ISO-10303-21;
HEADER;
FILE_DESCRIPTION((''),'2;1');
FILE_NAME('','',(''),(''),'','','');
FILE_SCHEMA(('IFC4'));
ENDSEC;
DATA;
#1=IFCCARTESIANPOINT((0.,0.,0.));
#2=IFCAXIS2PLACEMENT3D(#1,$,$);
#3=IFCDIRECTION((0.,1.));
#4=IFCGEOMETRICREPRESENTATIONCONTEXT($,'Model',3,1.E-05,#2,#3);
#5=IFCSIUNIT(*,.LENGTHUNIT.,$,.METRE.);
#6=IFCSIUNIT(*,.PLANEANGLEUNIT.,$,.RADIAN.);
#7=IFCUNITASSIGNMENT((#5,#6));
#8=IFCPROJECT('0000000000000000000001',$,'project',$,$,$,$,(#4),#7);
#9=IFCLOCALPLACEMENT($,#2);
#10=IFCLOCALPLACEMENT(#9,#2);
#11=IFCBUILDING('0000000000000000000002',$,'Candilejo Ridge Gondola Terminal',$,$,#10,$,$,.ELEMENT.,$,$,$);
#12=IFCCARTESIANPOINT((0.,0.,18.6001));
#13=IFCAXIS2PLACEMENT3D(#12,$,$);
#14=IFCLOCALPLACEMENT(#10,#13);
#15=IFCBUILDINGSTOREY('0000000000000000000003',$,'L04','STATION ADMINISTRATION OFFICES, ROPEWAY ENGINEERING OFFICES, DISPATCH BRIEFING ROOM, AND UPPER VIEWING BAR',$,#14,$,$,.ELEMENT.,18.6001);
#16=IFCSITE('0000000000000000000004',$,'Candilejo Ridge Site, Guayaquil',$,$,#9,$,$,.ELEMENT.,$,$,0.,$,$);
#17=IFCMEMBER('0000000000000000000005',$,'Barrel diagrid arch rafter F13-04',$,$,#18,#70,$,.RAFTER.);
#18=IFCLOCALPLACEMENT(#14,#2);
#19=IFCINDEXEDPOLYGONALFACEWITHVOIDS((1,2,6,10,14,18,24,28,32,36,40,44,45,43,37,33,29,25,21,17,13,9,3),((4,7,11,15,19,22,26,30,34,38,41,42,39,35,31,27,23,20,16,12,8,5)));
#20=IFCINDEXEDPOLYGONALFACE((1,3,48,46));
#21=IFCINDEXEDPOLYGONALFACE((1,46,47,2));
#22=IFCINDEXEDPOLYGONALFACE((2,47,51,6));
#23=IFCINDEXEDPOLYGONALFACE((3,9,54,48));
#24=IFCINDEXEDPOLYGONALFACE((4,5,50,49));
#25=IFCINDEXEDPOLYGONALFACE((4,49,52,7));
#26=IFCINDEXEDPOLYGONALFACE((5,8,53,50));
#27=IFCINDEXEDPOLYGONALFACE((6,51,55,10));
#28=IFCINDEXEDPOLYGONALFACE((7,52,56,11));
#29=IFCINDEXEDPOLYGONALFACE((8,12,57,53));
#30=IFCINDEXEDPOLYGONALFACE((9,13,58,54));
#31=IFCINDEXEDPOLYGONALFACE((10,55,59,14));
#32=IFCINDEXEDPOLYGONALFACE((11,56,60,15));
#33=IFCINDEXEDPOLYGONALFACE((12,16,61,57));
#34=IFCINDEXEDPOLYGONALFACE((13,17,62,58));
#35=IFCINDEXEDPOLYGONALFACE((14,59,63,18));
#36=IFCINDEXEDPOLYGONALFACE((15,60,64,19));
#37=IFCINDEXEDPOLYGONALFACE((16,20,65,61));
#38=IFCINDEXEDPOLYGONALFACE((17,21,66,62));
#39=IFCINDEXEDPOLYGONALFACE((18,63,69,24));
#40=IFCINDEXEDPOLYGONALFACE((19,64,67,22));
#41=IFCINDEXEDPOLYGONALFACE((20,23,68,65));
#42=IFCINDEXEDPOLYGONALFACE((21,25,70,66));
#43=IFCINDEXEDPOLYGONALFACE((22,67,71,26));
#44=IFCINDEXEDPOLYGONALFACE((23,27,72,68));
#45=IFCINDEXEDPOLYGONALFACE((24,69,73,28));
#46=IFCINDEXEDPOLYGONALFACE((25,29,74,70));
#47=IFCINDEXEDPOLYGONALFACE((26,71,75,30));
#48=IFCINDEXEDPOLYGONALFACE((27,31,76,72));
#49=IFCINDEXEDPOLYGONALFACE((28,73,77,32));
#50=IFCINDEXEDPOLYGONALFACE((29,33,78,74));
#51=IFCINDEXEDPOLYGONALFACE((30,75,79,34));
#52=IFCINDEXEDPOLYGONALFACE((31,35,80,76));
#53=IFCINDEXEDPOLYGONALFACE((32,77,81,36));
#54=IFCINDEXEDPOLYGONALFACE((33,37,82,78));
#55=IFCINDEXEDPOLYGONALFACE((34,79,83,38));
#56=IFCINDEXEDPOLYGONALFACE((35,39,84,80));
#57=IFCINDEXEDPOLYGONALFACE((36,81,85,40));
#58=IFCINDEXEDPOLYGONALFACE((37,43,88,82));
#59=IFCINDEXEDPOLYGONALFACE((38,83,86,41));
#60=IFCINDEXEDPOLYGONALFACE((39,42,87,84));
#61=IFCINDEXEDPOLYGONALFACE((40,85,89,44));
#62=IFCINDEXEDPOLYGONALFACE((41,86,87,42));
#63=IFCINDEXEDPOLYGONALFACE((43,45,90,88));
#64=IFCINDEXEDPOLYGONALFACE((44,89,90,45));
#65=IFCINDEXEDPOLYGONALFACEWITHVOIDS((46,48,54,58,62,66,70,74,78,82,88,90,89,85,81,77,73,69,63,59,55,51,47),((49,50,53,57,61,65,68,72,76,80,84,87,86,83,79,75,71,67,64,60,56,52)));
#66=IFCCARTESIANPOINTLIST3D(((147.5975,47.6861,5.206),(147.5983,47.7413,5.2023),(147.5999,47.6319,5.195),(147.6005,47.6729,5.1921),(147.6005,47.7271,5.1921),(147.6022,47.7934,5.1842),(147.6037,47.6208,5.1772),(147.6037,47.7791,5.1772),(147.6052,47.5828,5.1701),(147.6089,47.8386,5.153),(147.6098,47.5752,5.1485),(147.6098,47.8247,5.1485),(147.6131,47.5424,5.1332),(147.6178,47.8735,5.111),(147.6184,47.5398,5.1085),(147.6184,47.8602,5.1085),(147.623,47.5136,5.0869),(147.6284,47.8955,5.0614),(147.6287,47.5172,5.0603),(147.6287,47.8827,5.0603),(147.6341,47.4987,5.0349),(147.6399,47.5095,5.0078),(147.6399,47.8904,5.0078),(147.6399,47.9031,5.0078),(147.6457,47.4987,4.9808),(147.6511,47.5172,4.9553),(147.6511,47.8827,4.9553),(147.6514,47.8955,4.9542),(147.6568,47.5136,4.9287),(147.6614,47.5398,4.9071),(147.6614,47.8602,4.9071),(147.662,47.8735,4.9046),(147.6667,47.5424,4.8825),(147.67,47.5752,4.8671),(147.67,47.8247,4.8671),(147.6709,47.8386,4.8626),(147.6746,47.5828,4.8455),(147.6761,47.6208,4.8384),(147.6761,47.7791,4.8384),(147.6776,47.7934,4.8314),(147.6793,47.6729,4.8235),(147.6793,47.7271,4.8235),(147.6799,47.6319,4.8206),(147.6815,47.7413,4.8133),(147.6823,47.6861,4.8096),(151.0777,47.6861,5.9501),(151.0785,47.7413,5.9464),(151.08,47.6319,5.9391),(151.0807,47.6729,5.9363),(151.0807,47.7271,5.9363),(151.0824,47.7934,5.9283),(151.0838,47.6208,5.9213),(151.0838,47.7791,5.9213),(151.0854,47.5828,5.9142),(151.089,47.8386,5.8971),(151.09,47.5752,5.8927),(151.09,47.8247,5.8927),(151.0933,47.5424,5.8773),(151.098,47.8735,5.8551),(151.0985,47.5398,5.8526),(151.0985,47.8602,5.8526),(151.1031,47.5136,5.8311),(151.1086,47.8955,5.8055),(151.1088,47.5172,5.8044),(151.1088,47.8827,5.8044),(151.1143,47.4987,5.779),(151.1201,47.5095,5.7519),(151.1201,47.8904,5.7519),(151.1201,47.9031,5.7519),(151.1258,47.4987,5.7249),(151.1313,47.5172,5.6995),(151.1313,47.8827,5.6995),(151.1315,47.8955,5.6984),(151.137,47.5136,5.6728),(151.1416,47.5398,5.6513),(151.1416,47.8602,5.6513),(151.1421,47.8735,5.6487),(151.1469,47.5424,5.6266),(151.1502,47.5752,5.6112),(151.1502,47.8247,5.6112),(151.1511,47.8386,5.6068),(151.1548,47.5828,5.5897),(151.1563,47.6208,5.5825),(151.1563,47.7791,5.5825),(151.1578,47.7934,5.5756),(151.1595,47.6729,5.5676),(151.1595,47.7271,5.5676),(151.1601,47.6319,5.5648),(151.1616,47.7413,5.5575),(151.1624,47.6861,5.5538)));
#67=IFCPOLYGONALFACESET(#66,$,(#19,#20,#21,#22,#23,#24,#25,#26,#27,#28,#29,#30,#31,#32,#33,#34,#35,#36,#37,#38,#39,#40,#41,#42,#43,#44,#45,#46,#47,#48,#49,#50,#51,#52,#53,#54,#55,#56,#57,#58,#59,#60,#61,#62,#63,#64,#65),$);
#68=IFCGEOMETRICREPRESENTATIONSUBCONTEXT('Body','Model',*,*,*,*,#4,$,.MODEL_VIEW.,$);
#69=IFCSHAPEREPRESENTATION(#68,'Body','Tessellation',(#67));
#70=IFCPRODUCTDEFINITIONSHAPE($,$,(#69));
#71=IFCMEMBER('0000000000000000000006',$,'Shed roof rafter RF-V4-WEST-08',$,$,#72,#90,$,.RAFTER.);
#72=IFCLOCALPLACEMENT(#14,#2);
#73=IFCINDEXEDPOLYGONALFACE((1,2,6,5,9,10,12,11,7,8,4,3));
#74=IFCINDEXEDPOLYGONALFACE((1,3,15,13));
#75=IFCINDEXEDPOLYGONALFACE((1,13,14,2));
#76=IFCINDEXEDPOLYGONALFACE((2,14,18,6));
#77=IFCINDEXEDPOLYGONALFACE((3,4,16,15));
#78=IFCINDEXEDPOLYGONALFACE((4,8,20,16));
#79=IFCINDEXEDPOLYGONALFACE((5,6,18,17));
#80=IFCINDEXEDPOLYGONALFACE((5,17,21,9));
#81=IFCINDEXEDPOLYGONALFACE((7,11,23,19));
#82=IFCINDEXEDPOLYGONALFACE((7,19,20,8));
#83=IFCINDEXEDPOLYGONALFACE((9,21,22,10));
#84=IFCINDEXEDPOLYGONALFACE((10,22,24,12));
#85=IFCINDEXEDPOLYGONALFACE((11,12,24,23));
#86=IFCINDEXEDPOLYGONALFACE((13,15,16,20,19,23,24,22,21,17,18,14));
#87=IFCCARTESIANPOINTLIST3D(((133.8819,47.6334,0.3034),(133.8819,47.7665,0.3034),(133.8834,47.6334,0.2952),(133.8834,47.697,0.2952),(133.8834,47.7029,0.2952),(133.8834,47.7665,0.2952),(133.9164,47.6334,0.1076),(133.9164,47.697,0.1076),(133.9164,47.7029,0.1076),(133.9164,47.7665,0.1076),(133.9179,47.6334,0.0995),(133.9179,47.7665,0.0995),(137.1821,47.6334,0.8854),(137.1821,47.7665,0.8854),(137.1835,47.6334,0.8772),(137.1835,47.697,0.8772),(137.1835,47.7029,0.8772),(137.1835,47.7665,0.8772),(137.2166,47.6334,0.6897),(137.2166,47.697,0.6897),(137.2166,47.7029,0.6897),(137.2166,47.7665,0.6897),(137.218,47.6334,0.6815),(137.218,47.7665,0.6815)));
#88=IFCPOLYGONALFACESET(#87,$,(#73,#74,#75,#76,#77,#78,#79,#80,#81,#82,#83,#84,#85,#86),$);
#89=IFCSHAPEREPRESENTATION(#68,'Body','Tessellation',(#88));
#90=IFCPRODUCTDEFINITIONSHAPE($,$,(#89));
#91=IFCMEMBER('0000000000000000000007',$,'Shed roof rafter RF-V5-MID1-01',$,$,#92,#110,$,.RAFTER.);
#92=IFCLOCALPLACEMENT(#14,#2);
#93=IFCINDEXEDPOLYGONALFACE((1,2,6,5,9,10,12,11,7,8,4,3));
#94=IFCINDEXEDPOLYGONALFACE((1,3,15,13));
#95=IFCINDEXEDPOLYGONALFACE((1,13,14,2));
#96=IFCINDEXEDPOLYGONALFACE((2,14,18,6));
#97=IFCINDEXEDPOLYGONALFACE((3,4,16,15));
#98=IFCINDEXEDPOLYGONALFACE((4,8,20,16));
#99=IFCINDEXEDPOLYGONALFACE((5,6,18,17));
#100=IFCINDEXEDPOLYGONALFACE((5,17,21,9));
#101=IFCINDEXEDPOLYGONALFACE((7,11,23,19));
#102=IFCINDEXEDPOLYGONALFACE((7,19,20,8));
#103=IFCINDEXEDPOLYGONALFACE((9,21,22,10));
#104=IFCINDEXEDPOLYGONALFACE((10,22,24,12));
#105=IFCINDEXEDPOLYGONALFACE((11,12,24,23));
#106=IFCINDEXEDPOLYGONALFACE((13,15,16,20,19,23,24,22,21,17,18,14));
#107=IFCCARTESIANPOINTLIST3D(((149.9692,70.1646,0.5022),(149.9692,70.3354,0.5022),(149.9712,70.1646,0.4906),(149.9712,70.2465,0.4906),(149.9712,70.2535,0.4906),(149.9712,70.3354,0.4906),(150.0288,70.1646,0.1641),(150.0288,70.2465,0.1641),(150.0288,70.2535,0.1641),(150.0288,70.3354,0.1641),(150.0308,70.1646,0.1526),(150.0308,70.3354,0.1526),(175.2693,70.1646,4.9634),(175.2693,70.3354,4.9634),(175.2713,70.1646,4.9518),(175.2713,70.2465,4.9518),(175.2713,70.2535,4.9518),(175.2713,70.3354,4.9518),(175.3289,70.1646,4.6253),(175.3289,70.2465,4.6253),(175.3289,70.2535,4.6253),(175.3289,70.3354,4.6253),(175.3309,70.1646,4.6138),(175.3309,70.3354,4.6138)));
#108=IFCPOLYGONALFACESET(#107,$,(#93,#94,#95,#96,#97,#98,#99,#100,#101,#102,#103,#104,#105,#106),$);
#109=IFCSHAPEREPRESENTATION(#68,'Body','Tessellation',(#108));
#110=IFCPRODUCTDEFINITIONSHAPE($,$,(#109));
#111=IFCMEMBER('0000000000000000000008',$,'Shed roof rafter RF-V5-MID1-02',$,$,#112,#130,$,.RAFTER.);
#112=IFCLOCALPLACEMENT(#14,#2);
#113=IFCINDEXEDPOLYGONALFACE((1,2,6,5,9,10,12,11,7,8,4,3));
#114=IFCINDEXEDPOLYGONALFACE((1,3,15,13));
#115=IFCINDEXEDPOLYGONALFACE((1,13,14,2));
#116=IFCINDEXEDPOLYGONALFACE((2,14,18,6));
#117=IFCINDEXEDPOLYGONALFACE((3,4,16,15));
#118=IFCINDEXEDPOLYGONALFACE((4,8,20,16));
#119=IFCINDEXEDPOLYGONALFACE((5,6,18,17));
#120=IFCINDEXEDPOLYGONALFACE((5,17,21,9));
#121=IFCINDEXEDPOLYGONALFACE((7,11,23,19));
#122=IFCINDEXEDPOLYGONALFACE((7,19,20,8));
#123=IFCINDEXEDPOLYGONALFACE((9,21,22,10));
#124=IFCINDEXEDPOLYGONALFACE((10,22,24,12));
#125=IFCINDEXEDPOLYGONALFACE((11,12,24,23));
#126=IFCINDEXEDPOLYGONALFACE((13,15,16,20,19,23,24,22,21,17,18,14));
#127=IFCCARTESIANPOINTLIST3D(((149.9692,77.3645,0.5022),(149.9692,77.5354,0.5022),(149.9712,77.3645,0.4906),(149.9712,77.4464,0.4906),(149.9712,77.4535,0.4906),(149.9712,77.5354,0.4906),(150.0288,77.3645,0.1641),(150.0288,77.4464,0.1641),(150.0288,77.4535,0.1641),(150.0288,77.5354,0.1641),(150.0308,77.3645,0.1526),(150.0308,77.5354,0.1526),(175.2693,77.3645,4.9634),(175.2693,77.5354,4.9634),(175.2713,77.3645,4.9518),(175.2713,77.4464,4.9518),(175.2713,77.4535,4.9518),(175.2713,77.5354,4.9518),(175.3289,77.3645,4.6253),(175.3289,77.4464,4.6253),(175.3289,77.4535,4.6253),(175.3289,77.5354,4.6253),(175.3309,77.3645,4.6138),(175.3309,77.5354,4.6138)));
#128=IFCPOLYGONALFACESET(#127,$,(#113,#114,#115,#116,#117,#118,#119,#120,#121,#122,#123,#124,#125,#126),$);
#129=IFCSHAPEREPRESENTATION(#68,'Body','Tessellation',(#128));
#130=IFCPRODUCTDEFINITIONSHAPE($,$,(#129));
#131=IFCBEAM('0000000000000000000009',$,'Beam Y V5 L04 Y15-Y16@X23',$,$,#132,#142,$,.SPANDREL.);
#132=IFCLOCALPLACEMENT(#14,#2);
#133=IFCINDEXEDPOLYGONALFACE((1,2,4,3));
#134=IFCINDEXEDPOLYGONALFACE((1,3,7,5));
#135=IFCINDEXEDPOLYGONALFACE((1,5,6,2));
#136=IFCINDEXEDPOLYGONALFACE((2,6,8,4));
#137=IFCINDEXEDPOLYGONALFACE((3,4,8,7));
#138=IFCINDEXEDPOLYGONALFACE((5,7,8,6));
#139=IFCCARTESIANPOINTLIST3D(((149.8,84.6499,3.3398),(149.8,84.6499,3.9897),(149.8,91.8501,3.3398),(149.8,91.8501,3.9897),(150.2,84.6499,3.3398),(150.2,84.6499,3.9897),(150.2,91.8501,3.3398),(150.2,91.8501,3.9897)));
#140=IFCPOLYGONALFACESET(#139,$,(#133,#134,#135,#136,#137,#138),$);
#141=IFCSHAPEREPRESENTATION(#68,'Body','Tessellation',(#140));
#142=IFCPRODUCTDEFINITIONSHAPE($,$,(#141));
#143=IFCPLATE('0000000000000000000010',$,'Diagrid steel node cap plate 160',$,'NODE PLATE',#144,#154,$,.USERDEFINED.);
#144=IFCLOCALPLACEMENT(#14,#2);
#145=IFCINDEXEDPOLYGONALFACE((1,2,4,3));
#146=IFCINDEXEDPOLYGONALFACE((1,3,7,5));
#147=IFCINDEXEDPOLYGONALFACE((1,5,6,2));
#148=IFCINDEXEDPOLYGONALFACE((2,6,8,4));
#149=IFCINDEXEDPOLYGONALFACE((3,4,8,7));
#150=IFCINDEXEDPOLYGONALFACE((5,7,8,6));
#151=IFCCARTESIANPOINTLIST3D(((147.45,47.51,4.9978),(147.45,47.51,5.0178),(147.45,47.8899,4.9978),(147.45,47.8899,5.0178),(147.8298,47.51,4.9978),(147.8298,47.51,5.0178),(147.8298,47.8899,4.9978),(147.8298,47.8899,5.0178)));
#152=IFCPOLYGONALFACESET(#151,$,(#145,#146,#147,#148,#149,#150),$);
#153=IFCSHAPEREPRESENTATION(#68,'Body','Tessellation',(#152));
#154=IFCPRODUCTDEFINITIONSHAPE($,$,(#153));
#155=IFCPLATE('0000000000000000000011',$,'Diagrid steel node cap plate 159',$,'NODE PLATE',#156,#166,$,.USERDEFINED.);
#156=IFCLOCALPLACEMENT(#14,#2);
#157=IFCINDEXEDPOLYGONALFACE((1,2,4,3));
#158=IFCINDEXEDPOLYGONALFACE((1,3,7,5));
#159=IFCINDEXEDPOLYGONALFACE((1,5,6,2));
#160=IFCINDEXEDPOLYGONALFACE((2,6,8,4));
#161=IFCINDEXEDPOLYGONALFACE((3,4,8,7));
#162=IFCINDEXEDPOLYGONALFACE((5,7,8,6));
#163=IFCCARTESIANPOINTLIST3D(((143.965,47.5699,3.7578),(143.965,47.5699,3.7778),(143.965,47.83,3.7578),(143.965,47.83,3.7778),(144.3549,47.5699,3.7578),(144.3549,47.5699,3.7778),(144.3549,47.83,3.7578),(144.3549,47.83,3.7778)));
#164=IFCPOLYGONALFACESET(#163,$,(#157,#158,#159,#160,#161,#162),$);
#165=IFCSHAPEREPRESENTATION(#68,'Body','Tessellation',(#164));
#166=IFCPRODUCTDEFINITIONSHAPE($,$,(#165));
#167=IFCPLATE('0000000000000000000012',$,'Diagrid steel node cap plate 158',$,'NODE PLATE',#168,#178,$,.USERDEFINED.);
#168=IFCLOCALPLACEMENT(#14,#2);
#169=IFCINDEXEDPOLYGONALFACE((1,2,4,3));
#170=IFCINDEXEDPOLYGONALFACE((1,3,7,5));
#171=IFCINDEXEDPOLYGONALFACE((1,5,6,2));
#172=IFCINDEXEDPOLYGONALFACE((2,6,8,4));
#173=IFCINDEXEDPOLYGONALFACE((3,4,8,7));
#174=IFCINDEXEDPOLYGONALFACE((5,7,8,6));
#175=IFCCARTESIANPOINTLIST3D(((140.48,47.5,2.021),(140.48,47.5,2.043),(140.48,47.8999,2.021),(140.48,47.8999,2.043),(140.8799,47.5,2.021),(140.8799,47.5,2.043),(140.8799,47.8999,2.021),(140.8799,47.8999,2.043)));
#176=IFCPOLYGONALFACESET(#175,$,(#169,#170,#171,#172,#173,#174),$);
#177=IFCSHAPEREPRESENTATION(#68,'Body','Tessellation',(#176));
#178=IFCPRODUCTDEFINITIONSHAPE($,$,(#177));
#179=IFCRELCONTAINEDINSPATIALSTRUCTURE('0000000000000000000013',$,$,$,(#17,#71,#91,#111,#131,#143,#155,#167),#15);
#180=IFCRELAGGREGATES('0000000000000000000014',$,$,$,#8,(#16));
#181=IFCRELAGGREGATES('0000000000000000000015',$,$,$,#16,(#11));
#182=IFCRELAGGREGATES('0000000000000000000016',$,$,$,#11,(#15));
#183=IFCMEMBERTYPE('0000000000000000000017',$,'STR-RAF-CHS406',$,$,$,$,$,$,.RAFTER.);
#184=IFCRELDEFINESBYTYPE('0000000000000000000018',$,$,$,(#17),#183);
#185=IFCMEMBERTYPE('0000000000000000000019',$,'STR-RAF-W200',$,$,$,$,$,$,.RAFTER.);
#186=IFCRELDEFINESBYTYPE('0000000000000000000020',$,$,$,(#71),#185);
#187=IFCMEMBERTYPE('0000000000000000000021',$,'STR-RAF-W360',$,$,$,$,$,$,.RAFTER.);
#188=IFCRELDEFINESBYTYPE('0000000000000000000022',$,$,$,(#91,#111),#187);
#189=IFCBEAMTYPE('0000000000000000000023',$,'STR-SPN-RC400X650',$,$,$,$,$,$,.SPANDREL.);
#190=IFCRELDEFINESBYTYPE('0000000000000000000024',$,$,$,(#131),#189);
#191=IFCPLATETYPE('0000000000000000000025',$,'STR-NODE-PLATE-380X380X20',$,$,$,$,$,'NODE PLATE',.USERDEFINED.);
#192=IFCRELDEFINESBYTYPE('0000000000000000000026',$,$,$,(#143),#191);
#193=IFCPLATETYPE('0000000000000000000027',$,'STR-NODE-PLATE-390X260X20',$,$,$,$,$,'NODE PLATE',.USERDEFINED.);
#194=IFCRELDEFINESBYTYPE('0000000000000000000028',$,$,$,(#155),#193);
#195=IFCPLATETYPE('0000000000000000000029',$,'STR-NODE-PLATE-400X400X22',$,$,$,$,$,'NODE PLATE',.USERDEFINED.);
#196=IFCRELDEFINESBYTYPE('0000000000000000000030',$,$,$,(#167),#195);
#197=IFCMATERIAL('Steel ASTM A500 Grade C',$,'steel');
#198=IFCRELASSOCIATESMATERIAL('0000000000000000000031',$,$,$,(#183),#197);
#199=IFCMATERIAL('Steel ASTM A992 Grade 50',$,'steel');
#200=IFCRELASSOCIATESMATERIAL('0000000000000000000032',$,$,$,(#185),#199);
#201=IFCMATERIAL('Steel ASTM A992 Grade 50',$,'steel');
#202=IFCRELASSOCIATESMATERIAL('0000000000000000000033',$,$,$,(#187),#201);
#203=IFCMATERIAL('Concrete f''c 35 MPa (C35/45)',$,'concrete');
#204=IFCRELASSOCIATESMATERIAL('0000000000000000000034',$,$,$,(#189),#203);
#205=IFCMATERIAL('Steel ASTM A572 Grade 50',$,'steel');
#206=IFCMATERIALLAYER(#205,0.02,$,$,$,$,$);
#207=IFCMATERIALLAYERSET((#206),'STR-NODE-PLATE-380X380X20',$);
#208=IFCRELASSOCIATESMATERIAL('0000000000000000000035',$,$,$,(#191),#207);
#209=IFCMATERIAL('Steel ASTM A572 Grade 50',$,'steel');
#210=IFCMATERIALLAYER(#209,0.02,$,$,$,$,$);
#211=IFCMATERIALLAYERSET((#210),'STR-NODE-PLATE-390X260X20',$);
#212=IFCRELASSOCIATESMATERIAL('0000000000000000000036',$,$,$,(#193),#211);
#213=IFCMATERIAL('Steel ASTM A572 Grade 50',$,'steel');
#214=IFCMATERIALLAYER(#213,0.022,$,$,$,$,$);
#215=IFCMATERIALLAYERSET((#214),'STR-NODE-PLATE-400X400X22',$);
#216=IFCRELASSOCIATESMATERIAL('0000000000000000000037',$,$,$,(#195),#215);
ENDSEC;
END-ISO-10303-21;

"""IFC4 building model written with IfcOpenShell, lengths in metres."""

from ifc_helpers import new_model, si_unit, direction, frame, origin, origin_2d, place, context, subcontext, project, spatial, rectangle, hollow_circle, i_section, extrude, material, layer, layer_set, material_profile, profile_set, type_object, element, save


model = new_model("IFC4")

# Units and contexts
model_context = context("Model", 3, precision=1e-05, world=origin(), true_north=direction((0.0, 1.0)))
body_context = subcontext(model_context, "Body", "Model", "MODEL_VIEW")
ifc_project = project(units=[si_unit("LENGTHUNIT", "METRE"), si_unit("PLANEANGLEUNIT", "RADIAN")], contexts=[model_context])

# Site, building, storey
site_placement = place(None, origin())
site = spatial("IfcSite", under=ifc_project, at=site_placement, Name="Candilejo Ridge Site, Guayaquil", CompositionType="ELEMENT", RefElevation=0.0)
building_placement = place(site_placement, origin())
building = spatial("IfcBuilding", under=site, at=building_placement, Name="Candilejo Ridge Gondola Terminal", CompositionType="ELEMENT")
storey_placement = place(building_placement, frame((0.0, 0.0, 18.6001)))
storey = spatial("IfcBuildingStorey", under=building, at=storey_placement, Name="L04", Description="STATION ADMINISTRATION OFFICES, ROPEWAY ENGINEERING OFFICES, DISPATCH BRIEFING ROOM, AND UPPER VIEWING BAR", CompositionType="ELEMENT", Elevation=18.6001)

# Members
ifc_material_1 = material(Name="Steel ASTM A500 Grade C", Category="steel")
ifc_material_profile_1 = material_profile(ifc_material_1, hollow_circle(Radius=0.2031, WallThickness=0.0127, at=origin_2d()))
ifc_profile_set_1 = profile_set([ifc_material_profile_1], Name="Steel ASTM A500 Grade C")
member_type_1 = type_object("IfcMemberType", Name="STR-RAF-CHS406", PredefinedType="RAFTER", material=ifc_profile_set_1)
member_1_placement = place(storey_placement, frame((147.6399, 47.7, 5.0078), z_axis=(0.977896, 0.0, 0.209093), x_axis=(0.0, 1.0, 0.0)))
element("IfcMember", 1, at=member_1_placement, inside=storey, type_object=member_type_1, Name="Barrel diagrid arch rafter F13-04", PredefinedType="RAFTER", context=body_context, shape_type="SweptSolid", body=[
    extrude(hollow_circle(Radius=0.2031, WallThickness=0.0127, at=origin_2d()), origin(), (0.0, 0.0, 1.0), 3.5588),
])
ifc_material_2 = material(Name="Steel ASTM A992 Grade 50", Category="steel")
ifc_material_profile_2 = material_profile(ifc_material_2, i_section(OverallWidth=0.1331, OverallDepth=0.207, WebThickness=0.0059, FlangeThickness=0.0083, at=origin_2d()))
ifc_profile_set_2 = profile_set([ifc_material_profile_2], Name="Steel ASTM A992 Grade 50")
member_type_2 = type_object("IfcMemberType", Name="STR-RAF-W200", PredefinedType="RAFTER", material=ifc_profile_set_2)
member_2_placement = place(storey_placement, frame((133.8999, 47.7, 0.2014), z_axis=(0.9848, 0.0, 0.17369), x_axis=(0.0, 1.0, 0.0)))
element("IfcMember", 2, at=member_2_placement, inside=storey, type_object=member_type_2, Name="Shed roof rafter RF-V4-WEST-08", PredefinedType="RAFTER", context=body_context, shape_type="SweptSolid", body=[
    extrude(i_section(OverallWidth=0.1331, OverallDepth=0.207, WebThickness=0.0059, FlangeThickness=0.0083, at=origin_2d()), origin(), (0.0, 0.0, 1.0), 3.3511),
])
ifc_material_3 = material(Name="Steel ASTM A992 Grade 50", Category="steel")
ifc_material_profile_3 = material_profile(ifc_material_3, i_section(OverallWidth=0.1709, OverallDepth=0.355, WebThickness=0.0071, FlangeThickness=0.0117, at=origin_2d()))
ifc_profile_set_3 = profile_set([ifc_material_profile_3], Name="Steel ASTM A992 Grade 50")
member_type_3 = type_object("IfcMemberType", Name="STR-RAF-W360", PredefinedType="RAFTER", material=ifc_profile_set_3)
for number, where, z_axis, x_axis, name in (
    (3, (150.0, 70.25, 0.3274), (0.984807, 0.0, 0.173652), (0.0, 1.0, 0.0), "Shed roof rafter RF-V5-MID1-01"),
    (4, (150.0, 77.45, 0.3274), (0.984807, 0.0, 0.173652), (0.0, 1.0, 0.0), "Shed roof rafter RF-V5-MID1-02"),
):
    element("IfcMember", number, at=place(storey_placement, frame(where, z_axis=z_axis, x_axis=x_axis)), inside=storey, type_object=member_type_3, Name=name, PredefinedType="RAFTER", context=body_context, shape_type="SweptSolid", body=[
        extrude(i_section(OverallWidth=0.1709, OverallDepth=0.355, WebThickness=0.0071, FlangeThickness=0.0117, at=origin_2d()), origin(), (0.0, 0.0, 1.0), 25.6904),
    ])

# Beam
ifc_material_4 = material(Name="Concrete f'c 35 MPa (C35/45)", Category="concrete")
ifc_material_profile_4 = material_profile(ifc_material_4, rectangle(XDim=0.3999, YDim=0.6499, at=origin_2d()))
ifc_profile_set_4 = profile_set([ifc_material_profile_4], Name="Concrete f'c 35 MPa (C35/45)")
beam_type_1 = type_object("IfcBeamType", Name="STR-SPN-RC400X650", PredefinedType="SPANDREL", material=ifc_profile_set_4)
beam_1_placement = place(storey_placement, frame((150.0, 84.6499, 3.6648), z_axis=(0.0, 1.0, 0.0), x_axis=(-1.0, 0.0, 0.0)))
element("IfcBeam", 5, at=beam_1_placement, inside=storey, type_object=beam_type_1, Name="Beam Y V5 L04 Y15-Y16@X23", PredefinedType="SPANDREL", context=body_context, shape_type="SweptSolid", body=[
    extrude(rectangle(XDim=0.3999, YDim=0.6499, at=origin_2d()), origin(), (0.0, 0.0, 1.0), 7.2002),
])

# Plates
ifc_material_5 = material(Name="Steel ASTM A572 Grade 50", Category="steel")
ifc_layer_1 = layer(ifc_material_5, 0.02)
ifc_layer_set_1 = layer_set([ifc_layer_1], Name="STR-NODE-PLATE-380X380X20")
plate_type_1 = type_object("IfcPlateType", Name="STR-NODE-PLATE-380X380X20", ElementType="NODE PLATE", PredefinedType="USERDEFINED", material=ifc_layer_set_1)
plate_1_placement = place(storey_placement, frame((147.6399, 47.7, 4.9978), z_axis=(0.0, 0.0, 1.0), x_axis=(1.0, 0.0, 0.0)))
element("IfcPlate", 6, at=plate_1_placement, inside=storey, type_object=plate_type_1, Name="Diagrid steel node cap plate 160", ObjectType="NODE PLATE", PredefinedType="USERDEFINED", context=body_context, shape_type="SweptSolid", body=[
    extrude(rectangle(XDim=0.3799, YDim=0.3799, at=origin_2d()), origin(), (0.0, 0.0, 1.0), 0.02),
])
ifc_material_6 = material(Name="Steel ASTM A572 Grade 50", Category="steel")
ifc_layer_2 = layer(ifc_material_6, 0.02)
ifc_layer_set_2 = layer_set([ifc_layer_2], Name="STR-NODE-PLATE-390X260X20")
plate_type_2 = type_object("IfcPlateType", Name="STR-NODE-PLATE-390X260X20", ElementType="NODE PLATE", PredefinedType="USERDEFINED", material=ifc_layer_set_2)
plate_2_placement = place(storey_placement, frame((144.1599, 47.7, 3.7578), z_axis=(0.0, 0.0, 1.0), x_axis=(1.0, 0.0, 0.0)))
element("IfcPlate", 7, at=plate_2_placement, inside=storey, type_object=plate_type_2, Name="Diagrid steel node cap plate 159", ObjectType="NODE PLATE", PredefinedType="USERDEFINED", context=body_context, shape_type="SweptSolid", body=[
    extrude(rectangle(XDim=0.3899, YDim=0.26, at=origin_2d()), origin(), (0.0, 0.0, 1.0), 0.02),
])
ifc_material_7 = material(Name="Steel ASTM A572 Grade 50", Category="steel")
ifc_layer_3 = layer(ifc_material_7, 0.022)
ifc_layer_set_3 = layer_set([ifc_layer_3], Name="STR-NODE-PLATE-400X400X22")
plate_type_3 = type_object("IfcPlateType", Name="STR-NODE-PLATE-400X400X22", ElementType="NODE PLATE", PredefinedType="USERDEFINED", material=ifc_layer_set_3)
plate_3_placement = place(storey_placement, frame((140.6799, 47.7, 2.021), z_axis=(0.0, 0.0, 1.0), x_axis=(1.0, 0.0, 0.0)))
element("IfcPlate", 8, at=plate_3_placement, inside=storey, type_object=plate_type_3, Name="Diagrid steel node cap plate 158", ObjectType="NODE PLATE", PredefinedType="USERDEFINED", context=body_context, shape_type="SweptSolid", body=[
    extrude(rectangle(XDim=0.3999, YDim=0.3999, at=origin_2d()), origin(), (0.0, 0.0, 1.0), 0.022),
])

save(model, "model.ifc")
